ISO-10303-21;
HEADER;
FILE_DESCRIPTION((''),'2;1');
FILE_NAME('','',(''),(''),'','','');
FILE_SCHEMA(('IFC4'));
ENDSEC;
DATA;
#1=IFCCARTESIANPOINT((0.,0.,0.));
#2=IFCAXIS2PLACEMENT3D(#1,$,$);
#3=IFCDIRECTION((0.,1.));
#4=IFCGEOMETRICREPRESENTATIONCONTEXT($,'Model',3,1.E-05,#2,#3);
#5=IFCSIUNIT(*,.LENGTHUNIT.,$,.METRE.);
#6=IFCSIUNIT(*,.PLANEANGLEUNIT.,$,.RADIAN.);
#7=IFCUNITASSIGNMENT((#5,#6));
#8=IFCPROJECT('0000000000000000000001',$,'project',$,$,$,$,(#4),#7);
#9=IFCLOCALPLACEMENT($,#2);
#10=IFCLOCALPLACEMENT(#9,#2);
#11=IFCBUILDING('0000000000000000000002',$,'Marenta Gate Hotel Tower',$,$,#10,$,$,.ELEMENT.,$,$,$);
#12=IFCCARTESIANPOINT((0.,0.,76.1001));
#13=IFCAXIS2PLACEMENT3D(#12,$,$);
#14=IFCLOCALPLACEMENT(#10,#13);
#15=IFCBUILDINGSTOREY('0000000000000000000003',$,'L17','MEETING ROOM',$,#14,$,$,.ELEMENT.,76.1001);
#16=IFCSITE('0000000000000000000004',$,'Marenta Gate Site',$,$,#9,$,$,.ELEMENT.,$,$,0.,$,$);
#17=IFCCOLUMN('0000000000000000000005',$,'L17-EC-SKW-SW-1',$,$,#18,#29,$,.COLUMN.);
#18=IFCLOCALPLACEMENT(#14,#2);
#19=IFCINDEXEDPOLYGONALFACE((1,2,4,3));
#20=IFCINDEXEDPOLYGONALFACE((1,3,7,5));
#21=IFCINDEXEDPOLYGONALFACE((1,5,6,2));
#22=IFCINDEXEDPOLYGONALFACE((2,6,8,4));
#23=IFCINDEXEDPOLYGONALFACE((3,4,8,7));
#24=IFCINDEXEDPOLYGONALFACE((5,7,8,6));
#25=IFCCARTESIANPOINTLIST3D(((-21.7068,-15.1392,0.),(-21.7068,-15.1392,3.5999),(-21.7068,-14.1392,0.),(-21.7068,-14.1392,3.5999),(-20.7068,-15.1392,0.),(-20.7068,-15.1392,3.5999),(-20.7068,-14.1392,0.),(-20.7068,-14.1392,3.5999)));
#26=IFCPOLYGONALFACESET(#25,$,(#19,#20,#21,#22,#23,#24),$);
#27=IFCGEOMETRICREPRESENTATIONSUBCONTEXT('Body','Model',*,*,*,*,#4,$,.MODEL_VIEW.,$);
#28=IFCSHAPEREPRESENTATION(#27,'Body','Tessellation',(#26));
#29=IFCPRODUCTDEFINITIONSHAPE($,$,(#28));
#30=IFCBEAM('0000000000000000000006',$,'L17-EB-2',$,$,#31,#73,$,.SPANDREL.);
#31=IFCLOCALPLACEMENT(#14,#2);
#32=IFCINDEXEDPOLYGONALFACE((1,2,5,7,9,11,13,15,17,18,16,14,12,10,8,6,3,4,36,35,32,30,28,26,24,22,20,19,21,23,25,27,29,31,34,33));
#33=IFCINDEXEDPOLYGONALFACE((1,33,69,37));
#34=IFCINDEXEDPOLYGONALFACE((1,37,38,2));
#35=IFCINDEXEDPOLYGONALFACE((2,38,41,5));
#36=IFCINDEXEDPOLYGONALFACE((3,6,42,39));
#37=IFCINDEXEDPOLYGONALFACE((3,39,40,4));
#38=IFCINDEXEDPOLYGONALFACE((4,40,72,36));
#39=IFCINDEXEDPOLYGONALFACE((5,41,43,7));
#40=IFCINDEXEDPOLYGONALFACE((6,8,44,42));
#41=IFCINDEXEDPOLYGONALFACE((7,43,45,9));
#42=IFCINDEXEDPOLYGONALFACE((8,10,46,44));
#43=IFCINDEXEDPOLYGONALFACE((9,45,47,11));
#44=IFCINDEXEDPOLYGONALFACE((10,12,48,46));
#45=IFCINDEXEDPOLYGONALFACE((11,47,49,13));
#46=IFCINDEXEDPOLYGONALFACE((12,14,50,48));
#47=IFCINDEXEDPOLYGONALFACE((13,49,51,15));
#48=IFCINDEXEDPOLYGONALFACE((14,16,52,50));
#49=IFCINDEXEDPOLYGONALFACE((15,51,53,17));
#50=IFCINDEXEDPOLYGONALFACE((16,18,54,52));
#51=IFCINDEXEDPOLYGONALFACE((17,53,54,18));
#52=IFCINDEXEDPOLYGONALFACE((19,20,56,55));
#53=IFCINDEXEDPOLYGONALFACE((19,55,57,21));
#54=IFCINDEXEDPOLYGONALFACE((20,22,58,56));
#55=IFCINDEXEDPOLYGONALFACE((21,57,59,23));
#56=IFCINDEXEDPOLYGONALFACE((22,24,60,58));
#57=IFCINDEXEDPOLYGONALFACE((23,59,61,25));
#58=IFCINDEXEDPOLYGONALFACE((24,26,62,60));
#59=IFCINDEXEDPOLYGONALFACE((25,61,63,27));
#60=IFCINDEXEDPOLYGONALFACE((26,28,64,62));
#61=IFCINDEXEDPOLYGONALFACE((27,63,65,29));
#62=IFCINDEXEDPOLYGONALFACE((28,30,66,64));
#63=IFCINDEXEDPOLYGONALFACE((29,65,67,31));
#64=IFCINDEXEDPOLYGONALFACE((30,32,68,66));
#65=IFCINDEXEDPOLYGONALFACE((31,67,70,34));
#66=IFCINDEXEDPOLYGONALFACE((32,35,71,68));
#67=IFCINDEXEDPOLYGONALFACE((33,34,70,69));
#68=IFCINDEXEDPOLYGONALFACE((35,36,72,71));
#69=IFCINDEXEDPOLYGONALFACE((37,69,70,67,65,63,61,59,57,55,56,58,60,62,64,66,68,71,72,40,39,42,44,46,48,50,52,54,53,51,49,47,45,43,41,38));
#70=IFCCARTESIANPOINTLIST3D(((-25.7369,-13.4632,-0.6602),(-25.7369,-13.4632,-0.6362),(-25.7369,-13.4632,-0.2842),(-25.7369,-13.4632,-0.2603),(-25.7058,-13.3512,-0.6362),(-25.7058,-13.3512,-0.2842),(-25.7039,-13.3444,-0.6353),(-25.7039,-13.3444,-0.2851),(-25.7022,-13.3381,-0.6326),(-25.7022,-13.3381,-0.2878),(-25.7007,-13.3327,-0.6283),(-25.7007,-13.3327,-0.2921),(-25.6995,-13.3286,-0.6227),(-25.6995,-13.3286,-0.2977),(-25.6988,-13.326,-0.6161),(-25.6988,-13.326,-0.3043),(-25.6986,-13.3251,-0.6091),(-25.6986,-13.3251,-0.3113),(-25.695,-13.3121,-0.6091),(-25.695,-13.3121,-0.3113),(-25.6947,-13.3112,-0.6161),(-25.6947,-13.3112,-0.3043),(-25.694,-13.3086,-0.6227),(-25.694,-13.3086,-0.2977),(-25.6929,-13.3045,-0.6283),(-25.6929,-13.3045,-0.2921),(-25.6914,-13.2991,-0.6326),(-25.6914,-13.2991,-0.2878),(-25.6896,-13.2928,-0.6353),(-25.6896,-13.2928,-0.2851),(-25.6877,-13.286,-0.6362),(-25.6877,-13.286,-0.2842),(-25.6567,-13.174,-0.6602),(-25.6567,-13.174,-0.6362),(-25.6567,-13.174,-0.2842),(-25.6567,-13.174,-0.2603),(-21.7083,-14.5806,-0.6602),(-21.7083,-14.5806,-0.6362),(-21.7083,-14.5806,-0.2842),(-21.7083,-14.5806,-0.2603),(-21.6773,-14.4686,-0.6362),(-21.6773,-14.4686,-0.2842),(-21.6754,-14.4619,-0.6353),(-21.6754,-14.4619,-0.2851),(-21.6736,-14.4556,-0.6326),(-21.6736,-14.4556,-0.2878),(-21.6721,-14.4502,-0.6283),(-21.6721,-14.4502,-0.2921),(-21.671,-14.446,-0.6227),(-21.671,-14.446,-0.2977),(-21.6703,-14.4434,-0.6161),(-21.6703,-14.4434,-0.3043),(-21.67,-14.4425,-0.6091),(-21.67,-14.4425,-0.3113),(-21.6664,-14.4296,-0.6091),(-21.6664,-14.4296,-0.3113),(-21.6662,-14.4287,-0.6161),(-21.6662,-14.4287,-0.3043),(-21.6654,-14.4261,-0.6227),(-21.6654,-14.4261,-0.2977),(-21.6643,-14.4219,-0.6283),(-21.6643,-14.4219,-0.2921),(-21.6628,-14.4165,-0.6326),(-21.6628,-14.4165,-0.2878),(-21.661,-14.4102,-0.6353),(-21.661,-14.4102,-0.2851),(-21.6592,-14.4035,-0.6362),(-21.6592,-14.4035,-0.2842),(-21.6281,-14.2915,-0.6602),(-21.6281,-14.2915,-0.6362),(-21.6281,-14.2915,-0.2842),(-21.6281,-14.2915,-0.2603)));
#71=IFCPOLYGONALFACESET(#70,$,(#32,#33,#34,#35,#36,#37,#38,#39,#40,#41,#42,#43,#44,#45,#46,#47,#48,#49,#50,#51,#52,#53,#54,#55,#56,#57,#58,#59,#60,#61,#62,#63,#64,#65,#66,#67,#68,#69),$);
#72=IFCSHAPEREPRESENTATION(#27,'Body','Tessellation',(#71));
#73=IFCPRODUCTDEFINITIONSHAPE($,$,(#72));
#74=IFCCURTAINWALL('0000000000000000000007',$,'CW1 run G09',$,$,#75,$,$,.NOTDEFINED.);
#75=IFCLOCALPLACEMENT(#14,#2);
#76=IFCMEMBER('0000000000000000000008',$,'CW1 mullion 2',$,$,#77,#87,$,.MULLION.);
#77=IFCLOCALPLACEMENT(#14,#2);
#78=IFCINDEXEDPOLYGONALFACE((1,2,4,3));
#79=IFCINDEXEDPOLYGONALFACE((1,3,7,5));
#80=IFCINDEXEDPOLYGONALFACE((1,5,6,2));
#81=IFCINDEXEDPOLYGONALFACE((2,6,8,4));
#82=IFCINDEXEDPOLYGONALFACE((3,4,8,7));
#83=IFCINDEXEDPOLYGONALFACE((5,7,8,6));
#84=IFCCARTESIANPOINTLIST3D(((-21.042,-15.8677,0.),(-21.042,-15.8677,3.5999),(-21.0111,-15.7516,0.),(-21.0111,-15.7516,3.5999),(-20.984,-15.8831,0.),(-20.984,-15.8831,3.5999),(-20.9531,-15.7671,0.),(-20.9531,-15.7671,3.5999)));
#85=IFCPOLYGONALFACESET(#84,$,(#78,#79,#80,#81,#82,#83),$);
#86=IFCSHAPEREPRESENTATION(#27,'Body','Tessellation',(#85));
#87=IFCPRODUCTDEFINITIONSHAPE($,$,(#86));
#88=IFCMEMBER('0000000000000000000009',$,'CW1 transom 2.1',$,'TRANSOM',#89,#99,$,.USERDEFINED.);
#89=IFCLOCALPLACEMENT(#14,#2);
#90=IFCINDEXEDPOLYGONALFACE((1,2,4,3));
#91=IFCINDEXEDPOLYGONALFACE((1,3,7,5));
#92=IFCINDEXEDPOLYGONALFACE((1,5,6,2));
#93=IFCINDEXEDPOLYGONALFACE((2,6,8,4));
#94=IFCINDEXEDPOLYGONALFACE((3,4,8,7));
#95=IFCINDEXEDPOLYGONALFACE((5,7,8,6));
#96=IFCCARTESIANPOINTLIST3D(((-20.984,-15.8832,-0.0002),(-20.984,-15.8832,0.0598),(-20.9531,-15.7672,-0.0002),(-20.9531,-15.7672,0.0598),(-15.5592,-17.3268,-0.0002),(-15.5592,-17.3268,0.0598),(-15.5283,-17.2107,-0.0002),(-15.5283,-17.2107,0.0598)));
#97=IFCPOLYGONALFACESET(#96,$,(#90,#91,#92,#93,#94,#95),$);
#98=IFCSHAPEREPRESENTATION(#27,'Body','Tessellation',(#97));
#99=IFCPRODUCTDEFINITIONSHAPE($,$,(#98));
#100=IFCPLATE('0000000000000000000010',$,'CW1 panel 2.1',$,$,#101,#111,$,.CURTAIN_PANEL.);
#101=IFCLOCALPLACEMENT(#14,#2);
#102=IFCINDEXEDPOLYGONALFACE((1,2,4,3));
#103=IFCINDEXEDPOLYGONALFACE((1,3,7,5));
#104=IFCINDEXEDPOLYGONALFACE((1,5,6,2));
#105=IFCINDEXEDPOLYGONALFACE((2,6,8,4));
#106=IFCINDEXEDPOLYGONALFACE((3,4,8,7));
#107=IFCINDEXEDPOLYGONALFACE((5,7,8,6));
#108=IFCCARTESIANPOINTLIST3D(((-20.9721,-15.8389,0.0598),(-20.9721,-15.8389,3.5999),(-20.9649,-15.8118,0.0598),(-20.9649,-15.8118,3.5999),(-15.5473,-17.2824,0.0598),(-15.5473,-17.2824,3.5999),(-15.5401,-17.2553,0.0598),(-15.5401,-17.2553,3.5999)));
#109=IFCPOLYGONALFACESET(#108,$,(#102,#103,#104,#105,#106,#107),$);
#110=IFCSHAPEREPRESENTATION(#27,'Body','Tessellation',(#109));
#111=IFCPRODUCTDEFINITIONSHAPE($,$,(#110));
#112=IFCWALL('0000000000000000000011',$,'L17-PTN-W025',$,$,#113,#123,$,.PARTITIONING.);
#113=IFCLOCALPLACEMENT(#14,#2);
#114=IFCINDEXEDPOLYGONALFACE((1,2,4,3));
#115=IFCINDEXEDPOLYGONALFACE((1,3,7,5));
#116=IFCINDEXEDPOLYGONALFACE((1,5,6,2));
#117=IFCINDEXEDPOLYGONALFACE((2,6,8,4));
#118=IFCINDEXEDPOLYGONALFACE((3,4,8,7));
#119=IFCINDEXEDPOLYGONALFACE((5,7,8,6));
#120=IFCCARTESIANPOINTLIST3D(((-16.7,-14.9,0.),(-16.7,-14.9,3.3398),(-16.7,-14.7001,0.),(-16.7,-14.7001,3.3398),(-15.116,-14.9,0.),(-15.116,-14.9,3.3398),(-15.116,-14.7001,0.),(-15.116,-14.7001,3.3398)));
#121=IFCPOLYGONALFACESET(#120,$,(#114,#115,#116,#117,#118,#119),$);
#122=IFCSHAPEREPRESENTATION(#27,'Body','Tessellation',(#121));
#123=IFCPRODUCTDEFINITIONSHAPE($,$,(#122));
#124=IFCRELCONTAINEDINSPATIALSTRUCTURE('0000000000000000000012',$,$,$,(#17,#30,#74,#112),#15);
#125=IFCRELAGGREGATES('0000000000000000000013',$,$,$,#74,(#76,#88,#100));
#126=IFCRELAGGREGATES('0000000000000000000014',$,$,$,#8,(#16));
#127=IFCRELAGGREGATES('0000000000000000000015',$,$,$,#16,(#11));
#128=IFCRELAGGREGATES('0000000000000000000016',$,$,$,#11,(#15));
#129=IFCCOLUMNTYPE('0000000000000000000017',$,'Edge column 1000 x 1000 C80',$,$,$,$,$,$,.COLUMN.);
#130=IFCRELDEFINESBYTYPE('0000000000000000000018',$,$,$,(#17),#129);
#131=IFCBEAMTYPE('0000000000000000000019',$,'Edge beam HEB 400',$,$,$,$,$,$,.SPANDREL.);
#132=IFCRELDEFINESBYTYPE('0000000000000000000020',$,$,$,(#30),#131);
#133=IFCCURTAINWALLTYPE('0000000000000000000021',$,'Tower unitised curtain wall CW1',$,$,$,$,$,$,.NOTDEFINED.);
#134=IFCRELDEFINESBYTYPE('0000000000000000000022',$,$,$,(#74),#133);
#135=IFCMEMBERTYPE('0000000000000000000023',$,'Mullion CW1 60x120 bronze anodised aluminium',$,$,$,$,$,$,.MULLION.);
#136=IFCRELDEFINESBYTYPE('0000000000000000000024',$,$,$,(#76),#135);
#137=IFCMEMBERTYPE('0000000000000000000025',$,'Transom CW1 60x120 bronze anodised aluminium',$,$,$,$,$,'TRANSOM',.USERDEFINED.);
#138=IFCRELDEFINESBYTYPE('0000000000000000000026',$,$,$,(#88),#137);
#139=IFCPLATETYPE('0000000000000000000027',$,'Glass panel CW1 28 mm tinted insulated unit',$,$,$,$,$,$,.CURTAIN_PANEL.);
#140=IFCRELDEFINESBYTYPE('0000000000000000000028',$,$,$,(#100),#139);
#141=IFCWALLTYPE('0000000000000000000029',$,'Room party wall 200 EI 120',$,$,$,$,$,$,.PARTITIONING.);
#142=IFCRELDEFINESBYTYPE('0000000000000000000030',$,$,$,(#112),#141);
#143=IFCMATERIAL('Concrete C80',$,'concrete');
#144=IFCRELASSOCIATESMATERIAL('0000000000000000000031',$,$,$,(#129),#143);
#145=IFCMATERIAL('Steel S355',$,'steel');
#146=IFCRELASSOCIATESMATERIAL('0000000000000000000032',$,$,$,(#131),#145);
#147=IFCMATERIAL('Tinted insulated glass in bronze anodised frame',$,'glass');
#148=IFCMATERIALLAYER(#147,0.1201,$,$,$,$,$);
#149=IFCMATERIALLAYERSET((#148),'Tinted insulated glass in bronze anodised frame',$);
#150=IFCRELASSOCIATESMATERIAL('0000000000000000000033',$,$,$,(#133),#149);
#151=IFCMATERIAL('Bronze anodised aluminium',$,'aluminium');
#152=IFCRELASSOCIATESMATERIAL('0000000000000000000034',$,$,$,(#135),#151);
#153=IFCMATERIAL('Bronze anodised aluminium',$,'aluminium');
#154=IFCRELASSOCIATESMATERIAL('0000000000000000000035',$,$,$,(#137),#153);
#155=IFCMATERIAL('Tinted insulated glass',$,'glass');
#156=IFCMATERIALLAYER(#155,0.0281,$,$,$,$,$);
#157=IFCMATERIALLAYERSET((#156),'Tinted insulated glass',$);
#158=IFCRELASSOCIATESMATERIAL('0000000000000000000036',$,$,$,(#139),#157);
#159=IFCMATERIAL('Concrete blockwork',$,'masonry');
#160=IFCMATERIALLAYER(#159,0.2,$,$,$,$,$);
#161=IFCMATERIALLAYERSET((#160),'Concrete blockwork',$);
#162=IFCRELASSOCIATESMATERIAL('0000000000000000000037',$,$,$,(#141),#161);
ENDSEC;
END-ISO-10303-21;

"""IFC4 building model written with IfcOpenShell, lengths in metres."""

from ifc_helpers import new_model, si_unit, direction, frame, frame_2d, origin, origin_2d, place, context, subcontext, project, spatial, rectangle, i_section, extrude, material, layer, layer_set, material_profile, profile_set, type_object, element, aggregate, save


model = new_model("IFC4")

# Units and contexts
model_context = context("Model", 3, precision=1e-05, world=origin(), true_north=direction((0.0, 1.0)))
body_context = subcontext(model_context, "Body", "Model", "MODEL_VIEW")
ifc_project = project(units=[si_unit("LENGTHUNIT", "METRE"), si_unit("PLANEANGLEUNIT", "RADIAN")], contexts=[model_context])

# Site, building, storey
site_placement = place(None, origin())
site = spatial("IfcSite", under=ifc_project, at=site_placement, Name="Marenta Gate Site", CompositionType="ELEMENT", RefElevation=0.0)
building_placement = place(site_placement, origin())
building = spatial("IfcBuilding", under=site, at=building_placement, Name="Marenta Gate Hotel Tower", CompositionType="ELEMENT")
storey_placement = place(building_placement, frame((0.0, 0.0, 76.1001)))
storey = spatial("IfcBuildingStorey", under=building, at=storey_placement, Name="L17", Description="MEETING ROOM", CompositionType="ELEMENT", Elevation=76.1001)

# Column
ifc_material_1 = material(Name="Concrete C80", Category="concrete")
ifc_material_profile_1 = material_profile(ifc_material_1, rectangle(XDim=1.0, YDim=1.0, at=origin_2d()), Name="1000 x 1000")
ifc_profile_set_1 = profile_set([ifc_material_profile_1], Name="Concrete C80")
column_type = type_object("IfcColumnType", Name="Edge column 1000 x 1000 C80", PredefinedType="COLUMN", material=ifc_profile_set_1)
column_placement = place(storey_placement, frame((-21.2068, -14.6392, 0.0), z_axis=(0.0, 0.0, 1.0), x_axis=(1.0, 0.0, 0.0)))
element("IfcColumn", 1, at=column_placement, inside=storey, type_object=column_type, Name="L17-EC-SKW-SW-1", PredefinedType="COLUMN", context=body_context, shape_type="SweptSolid", body=[
    extrude(rectangle(XDim=1.0, YDim=1.0, at=origin_2d()), origin(), (0.0, 0.0, 1.0), 3.5999),
])

# Beam
ifc_material_2 = material(Name="Steel S355", Category="steel")
ifc_material_profile_2 = material_profile(ifc_material_2, i_section(OverallWidth=0.3, OverallDepth=0.3999, WebThickness=0.0134, FlangeThickness=0.0239, FilletRadius=0.0271, at=origin_2d()), Name="HEB 400")
ifc_profile_set_2 = profile_set([ifc_material_profile_2], Name="Steel S355")
beam_type = type_object("IfcBeamType", Name="Edge beam HEB 400", PredefinedType="SPANDREL", material=ifc_profile_set_2)
beam_placement = place(storey_placement, frame((-21.6682, -14.436, -0.4602), z_axis=(-0.963617, 0.267285, 0.0), x_axis=(-0.267285, -0.963617, 0.0)))
element("IfcBeam", 2, at=beam_placement, inside=storey, type_object=beam_type, Name="L17-EB-2", PredefinedType="SPANDREL", context=body_context, shape_type="SweptSolid", body=[
    extrude(i_section(OverallWidth=0.3, OverallDepth=0.3999, WebThickness=0.0134, FlangeThickness=0.0239, FilletRadius=0.0271, at=origin_2d()), origin(), (0.0, 0.0, 1.0), 4.1807),
])

# Curtain wall, members, plate
ifc_material_3 = material(Name="Tinted insulated glass in bronze anodised frame", Category="glass")
ifc_layer_1 = layer(ifc_material_3, 0.1201)
ifc_layer_set_1 = layer_set([ifc_layer_1], Name="Tinted insulated glass in bronze anodised frame")
curtain_wall_type = type_object("IfcCurtainWallType", Name="Tower unitised curtain wall CW1", PredefinedType="NOTDEFINED", material=ifc_layer_set_1)
curtain_wall_placement = place(storey_placement, origin())
curtain_wall = element("IfcCurtainWall", 3, at=curtain_wall_placement, inside=storey, type_object=curtain_wall_type, Name="CW1 run G09", PredefinedType="NOTDEFINED")
ifc_material_4 = material(Name="Bronze anodised aluminium", Category="aluminium")
ifc_material_profile_3 = material_profile(ifc_material_4, rectangle(XDim=0.1201, YDim=0.0601, at=origin_2d()), Name="Mullion CW1 60x120 bronze anodised aluminium")
ifc_profile_set_3 = profile_set([ifc_material_profile_3], Name="Bronze anodised aluminium")
member_type_1 = type_object("IfcMemberType", Name="Mullion CW1 60x120 bronze anodised aluminium", PredefinedType="MULLION", material=ifc_profile_set_3)
member_1_placement = place(storey_placement, frame((-20.9976, -15.8174, 0.0), z_axis=(0.0, 0.0, 1.0), x_axis=(0.257142, 0.966374, 0.0)))
member_1 = element("IfcMember", 4, at=member_1_placement, type_object=member_type_1, Name="CW1 mullion 2", PredefinedType="MULLION", context=body_context, shape_type="SweptSolid", body=[
    extrude(rectangle(XDim=0.1201, YDim=0.0601, at=origin_2d()), origin(), (0.0, 0.0, 1.0), 3.5999),
])
ifc_material_5 = material(Name="Bronze anodised aluminium", Category="aluminium")
ifc_material_profile_4 = material_profile(ifc_material_5, rectangle(XDim=0.1201, YDim=0.0601, at=origin_2d()), Name="Transom CW1 60x120 bronze anodised aluminium")
ifc_profile_set_4 = profile_set([ifc_material_profile_4], Name="Bronze anodised aluminium")
member_type_2 = type_object("IfcMemberType", Name="Transom CW1 60x120 bronze anodised aluminium", ElementType="TRANSOM", PredefinedType="USERDEFINED", material=ifc_profile_set_4)
member_2_placement = place(storey_placement, frame((-20.9685, -15.8252, 0.0298), z_axis=(0.966368, -0.257162, 0.0), x_axis=(0.257162, 0.966368, 0.0)))
member_2 = element("IfcMember", 5, at=member_2_placement, type_object=member_type_2, Name="CW1 transom 2.1", ObjectType="TRANSOM", PredefinedType="USERDEFINED", context=body_context, shape_type="SweptSolid", body=[
    extrude(rectangle(XDim=0.1201, YDim=0.0601, at=origin_2d()), origin(), (0.0, 0.0, 1.0), 5.6135),
])
ifc_material_6 = material(Name="Tinted insulated glass", Category="glass")
ifc_layer_2 = layer(ifc_material_6, 0.0281)
ifc_layer_set_2 = layer_set([ifc_layer_2], Name="Tinted insulated glass")
plate_type = type_object("IfcPlateType", Name="Glass panel CW1 28 mm tinted insulated unit", PredefinedType="CURTAIN_PANEL", material=ifc_layer_set_2)
plate_placement = place(storey_placement, frame((-18.2561, -16.5471, 0.0598), z_axis=(0.0, 0.0, 1.0), x_axis=(0.966374, -0.257142, 0.0)))
plate = element("IfcPlate", 6, at=plate_placement, type_object=plate_type, Name="CW1 panel 2.1", PredefinedType="CURTAIN_PANEL", context=body_context, shape_type="SweptSolid", body=[
    extrude(rectangle(XDim=5.6135, YDim=0.0281, at=origin_2d()), origin(), (0.0, 0.0, 1.0), 3.54),
])
aggregate(curtain_wall, [member_1, member_2, plate])

# Wall
ifc_material_7 = material(Name="Concrete blockwork", Category="masonry")
ifc_layer_3 = layer(ifc_material_7, 0.2)
ifc_layer_set_3 = layer_set([ifc_layer_3], Name="Concrete blockwork")
wall_type_1 = type_object("IfcWallType", Name="Room party wall 200 EI 120", PredefinedType="PARTITIONING", material=ifc_layer_set_3)
wall_1_placement = place(storey_placement, frame((-16.7, -14.8, 0.0), z_axis=(0.0, 0.0, 1.0), x_axis=(1.0, 0.0, 0.0)))
element("IfcWall", 7, at=wall_1_placement, inside=storey, type_object=wall_type_1, Name="L17-PTN-W025", PredefinedType="PARTITIONING", context=body_context, shape_type="SweptSolid", body=[
    extrude(rectangle(XDim=1.584, YDim=0.2, at=frame_2d((0.792, 0.0))), origin(), (0.0, 0.0, 1.0), 3.3398),
])

save(model, "model.ifc")
